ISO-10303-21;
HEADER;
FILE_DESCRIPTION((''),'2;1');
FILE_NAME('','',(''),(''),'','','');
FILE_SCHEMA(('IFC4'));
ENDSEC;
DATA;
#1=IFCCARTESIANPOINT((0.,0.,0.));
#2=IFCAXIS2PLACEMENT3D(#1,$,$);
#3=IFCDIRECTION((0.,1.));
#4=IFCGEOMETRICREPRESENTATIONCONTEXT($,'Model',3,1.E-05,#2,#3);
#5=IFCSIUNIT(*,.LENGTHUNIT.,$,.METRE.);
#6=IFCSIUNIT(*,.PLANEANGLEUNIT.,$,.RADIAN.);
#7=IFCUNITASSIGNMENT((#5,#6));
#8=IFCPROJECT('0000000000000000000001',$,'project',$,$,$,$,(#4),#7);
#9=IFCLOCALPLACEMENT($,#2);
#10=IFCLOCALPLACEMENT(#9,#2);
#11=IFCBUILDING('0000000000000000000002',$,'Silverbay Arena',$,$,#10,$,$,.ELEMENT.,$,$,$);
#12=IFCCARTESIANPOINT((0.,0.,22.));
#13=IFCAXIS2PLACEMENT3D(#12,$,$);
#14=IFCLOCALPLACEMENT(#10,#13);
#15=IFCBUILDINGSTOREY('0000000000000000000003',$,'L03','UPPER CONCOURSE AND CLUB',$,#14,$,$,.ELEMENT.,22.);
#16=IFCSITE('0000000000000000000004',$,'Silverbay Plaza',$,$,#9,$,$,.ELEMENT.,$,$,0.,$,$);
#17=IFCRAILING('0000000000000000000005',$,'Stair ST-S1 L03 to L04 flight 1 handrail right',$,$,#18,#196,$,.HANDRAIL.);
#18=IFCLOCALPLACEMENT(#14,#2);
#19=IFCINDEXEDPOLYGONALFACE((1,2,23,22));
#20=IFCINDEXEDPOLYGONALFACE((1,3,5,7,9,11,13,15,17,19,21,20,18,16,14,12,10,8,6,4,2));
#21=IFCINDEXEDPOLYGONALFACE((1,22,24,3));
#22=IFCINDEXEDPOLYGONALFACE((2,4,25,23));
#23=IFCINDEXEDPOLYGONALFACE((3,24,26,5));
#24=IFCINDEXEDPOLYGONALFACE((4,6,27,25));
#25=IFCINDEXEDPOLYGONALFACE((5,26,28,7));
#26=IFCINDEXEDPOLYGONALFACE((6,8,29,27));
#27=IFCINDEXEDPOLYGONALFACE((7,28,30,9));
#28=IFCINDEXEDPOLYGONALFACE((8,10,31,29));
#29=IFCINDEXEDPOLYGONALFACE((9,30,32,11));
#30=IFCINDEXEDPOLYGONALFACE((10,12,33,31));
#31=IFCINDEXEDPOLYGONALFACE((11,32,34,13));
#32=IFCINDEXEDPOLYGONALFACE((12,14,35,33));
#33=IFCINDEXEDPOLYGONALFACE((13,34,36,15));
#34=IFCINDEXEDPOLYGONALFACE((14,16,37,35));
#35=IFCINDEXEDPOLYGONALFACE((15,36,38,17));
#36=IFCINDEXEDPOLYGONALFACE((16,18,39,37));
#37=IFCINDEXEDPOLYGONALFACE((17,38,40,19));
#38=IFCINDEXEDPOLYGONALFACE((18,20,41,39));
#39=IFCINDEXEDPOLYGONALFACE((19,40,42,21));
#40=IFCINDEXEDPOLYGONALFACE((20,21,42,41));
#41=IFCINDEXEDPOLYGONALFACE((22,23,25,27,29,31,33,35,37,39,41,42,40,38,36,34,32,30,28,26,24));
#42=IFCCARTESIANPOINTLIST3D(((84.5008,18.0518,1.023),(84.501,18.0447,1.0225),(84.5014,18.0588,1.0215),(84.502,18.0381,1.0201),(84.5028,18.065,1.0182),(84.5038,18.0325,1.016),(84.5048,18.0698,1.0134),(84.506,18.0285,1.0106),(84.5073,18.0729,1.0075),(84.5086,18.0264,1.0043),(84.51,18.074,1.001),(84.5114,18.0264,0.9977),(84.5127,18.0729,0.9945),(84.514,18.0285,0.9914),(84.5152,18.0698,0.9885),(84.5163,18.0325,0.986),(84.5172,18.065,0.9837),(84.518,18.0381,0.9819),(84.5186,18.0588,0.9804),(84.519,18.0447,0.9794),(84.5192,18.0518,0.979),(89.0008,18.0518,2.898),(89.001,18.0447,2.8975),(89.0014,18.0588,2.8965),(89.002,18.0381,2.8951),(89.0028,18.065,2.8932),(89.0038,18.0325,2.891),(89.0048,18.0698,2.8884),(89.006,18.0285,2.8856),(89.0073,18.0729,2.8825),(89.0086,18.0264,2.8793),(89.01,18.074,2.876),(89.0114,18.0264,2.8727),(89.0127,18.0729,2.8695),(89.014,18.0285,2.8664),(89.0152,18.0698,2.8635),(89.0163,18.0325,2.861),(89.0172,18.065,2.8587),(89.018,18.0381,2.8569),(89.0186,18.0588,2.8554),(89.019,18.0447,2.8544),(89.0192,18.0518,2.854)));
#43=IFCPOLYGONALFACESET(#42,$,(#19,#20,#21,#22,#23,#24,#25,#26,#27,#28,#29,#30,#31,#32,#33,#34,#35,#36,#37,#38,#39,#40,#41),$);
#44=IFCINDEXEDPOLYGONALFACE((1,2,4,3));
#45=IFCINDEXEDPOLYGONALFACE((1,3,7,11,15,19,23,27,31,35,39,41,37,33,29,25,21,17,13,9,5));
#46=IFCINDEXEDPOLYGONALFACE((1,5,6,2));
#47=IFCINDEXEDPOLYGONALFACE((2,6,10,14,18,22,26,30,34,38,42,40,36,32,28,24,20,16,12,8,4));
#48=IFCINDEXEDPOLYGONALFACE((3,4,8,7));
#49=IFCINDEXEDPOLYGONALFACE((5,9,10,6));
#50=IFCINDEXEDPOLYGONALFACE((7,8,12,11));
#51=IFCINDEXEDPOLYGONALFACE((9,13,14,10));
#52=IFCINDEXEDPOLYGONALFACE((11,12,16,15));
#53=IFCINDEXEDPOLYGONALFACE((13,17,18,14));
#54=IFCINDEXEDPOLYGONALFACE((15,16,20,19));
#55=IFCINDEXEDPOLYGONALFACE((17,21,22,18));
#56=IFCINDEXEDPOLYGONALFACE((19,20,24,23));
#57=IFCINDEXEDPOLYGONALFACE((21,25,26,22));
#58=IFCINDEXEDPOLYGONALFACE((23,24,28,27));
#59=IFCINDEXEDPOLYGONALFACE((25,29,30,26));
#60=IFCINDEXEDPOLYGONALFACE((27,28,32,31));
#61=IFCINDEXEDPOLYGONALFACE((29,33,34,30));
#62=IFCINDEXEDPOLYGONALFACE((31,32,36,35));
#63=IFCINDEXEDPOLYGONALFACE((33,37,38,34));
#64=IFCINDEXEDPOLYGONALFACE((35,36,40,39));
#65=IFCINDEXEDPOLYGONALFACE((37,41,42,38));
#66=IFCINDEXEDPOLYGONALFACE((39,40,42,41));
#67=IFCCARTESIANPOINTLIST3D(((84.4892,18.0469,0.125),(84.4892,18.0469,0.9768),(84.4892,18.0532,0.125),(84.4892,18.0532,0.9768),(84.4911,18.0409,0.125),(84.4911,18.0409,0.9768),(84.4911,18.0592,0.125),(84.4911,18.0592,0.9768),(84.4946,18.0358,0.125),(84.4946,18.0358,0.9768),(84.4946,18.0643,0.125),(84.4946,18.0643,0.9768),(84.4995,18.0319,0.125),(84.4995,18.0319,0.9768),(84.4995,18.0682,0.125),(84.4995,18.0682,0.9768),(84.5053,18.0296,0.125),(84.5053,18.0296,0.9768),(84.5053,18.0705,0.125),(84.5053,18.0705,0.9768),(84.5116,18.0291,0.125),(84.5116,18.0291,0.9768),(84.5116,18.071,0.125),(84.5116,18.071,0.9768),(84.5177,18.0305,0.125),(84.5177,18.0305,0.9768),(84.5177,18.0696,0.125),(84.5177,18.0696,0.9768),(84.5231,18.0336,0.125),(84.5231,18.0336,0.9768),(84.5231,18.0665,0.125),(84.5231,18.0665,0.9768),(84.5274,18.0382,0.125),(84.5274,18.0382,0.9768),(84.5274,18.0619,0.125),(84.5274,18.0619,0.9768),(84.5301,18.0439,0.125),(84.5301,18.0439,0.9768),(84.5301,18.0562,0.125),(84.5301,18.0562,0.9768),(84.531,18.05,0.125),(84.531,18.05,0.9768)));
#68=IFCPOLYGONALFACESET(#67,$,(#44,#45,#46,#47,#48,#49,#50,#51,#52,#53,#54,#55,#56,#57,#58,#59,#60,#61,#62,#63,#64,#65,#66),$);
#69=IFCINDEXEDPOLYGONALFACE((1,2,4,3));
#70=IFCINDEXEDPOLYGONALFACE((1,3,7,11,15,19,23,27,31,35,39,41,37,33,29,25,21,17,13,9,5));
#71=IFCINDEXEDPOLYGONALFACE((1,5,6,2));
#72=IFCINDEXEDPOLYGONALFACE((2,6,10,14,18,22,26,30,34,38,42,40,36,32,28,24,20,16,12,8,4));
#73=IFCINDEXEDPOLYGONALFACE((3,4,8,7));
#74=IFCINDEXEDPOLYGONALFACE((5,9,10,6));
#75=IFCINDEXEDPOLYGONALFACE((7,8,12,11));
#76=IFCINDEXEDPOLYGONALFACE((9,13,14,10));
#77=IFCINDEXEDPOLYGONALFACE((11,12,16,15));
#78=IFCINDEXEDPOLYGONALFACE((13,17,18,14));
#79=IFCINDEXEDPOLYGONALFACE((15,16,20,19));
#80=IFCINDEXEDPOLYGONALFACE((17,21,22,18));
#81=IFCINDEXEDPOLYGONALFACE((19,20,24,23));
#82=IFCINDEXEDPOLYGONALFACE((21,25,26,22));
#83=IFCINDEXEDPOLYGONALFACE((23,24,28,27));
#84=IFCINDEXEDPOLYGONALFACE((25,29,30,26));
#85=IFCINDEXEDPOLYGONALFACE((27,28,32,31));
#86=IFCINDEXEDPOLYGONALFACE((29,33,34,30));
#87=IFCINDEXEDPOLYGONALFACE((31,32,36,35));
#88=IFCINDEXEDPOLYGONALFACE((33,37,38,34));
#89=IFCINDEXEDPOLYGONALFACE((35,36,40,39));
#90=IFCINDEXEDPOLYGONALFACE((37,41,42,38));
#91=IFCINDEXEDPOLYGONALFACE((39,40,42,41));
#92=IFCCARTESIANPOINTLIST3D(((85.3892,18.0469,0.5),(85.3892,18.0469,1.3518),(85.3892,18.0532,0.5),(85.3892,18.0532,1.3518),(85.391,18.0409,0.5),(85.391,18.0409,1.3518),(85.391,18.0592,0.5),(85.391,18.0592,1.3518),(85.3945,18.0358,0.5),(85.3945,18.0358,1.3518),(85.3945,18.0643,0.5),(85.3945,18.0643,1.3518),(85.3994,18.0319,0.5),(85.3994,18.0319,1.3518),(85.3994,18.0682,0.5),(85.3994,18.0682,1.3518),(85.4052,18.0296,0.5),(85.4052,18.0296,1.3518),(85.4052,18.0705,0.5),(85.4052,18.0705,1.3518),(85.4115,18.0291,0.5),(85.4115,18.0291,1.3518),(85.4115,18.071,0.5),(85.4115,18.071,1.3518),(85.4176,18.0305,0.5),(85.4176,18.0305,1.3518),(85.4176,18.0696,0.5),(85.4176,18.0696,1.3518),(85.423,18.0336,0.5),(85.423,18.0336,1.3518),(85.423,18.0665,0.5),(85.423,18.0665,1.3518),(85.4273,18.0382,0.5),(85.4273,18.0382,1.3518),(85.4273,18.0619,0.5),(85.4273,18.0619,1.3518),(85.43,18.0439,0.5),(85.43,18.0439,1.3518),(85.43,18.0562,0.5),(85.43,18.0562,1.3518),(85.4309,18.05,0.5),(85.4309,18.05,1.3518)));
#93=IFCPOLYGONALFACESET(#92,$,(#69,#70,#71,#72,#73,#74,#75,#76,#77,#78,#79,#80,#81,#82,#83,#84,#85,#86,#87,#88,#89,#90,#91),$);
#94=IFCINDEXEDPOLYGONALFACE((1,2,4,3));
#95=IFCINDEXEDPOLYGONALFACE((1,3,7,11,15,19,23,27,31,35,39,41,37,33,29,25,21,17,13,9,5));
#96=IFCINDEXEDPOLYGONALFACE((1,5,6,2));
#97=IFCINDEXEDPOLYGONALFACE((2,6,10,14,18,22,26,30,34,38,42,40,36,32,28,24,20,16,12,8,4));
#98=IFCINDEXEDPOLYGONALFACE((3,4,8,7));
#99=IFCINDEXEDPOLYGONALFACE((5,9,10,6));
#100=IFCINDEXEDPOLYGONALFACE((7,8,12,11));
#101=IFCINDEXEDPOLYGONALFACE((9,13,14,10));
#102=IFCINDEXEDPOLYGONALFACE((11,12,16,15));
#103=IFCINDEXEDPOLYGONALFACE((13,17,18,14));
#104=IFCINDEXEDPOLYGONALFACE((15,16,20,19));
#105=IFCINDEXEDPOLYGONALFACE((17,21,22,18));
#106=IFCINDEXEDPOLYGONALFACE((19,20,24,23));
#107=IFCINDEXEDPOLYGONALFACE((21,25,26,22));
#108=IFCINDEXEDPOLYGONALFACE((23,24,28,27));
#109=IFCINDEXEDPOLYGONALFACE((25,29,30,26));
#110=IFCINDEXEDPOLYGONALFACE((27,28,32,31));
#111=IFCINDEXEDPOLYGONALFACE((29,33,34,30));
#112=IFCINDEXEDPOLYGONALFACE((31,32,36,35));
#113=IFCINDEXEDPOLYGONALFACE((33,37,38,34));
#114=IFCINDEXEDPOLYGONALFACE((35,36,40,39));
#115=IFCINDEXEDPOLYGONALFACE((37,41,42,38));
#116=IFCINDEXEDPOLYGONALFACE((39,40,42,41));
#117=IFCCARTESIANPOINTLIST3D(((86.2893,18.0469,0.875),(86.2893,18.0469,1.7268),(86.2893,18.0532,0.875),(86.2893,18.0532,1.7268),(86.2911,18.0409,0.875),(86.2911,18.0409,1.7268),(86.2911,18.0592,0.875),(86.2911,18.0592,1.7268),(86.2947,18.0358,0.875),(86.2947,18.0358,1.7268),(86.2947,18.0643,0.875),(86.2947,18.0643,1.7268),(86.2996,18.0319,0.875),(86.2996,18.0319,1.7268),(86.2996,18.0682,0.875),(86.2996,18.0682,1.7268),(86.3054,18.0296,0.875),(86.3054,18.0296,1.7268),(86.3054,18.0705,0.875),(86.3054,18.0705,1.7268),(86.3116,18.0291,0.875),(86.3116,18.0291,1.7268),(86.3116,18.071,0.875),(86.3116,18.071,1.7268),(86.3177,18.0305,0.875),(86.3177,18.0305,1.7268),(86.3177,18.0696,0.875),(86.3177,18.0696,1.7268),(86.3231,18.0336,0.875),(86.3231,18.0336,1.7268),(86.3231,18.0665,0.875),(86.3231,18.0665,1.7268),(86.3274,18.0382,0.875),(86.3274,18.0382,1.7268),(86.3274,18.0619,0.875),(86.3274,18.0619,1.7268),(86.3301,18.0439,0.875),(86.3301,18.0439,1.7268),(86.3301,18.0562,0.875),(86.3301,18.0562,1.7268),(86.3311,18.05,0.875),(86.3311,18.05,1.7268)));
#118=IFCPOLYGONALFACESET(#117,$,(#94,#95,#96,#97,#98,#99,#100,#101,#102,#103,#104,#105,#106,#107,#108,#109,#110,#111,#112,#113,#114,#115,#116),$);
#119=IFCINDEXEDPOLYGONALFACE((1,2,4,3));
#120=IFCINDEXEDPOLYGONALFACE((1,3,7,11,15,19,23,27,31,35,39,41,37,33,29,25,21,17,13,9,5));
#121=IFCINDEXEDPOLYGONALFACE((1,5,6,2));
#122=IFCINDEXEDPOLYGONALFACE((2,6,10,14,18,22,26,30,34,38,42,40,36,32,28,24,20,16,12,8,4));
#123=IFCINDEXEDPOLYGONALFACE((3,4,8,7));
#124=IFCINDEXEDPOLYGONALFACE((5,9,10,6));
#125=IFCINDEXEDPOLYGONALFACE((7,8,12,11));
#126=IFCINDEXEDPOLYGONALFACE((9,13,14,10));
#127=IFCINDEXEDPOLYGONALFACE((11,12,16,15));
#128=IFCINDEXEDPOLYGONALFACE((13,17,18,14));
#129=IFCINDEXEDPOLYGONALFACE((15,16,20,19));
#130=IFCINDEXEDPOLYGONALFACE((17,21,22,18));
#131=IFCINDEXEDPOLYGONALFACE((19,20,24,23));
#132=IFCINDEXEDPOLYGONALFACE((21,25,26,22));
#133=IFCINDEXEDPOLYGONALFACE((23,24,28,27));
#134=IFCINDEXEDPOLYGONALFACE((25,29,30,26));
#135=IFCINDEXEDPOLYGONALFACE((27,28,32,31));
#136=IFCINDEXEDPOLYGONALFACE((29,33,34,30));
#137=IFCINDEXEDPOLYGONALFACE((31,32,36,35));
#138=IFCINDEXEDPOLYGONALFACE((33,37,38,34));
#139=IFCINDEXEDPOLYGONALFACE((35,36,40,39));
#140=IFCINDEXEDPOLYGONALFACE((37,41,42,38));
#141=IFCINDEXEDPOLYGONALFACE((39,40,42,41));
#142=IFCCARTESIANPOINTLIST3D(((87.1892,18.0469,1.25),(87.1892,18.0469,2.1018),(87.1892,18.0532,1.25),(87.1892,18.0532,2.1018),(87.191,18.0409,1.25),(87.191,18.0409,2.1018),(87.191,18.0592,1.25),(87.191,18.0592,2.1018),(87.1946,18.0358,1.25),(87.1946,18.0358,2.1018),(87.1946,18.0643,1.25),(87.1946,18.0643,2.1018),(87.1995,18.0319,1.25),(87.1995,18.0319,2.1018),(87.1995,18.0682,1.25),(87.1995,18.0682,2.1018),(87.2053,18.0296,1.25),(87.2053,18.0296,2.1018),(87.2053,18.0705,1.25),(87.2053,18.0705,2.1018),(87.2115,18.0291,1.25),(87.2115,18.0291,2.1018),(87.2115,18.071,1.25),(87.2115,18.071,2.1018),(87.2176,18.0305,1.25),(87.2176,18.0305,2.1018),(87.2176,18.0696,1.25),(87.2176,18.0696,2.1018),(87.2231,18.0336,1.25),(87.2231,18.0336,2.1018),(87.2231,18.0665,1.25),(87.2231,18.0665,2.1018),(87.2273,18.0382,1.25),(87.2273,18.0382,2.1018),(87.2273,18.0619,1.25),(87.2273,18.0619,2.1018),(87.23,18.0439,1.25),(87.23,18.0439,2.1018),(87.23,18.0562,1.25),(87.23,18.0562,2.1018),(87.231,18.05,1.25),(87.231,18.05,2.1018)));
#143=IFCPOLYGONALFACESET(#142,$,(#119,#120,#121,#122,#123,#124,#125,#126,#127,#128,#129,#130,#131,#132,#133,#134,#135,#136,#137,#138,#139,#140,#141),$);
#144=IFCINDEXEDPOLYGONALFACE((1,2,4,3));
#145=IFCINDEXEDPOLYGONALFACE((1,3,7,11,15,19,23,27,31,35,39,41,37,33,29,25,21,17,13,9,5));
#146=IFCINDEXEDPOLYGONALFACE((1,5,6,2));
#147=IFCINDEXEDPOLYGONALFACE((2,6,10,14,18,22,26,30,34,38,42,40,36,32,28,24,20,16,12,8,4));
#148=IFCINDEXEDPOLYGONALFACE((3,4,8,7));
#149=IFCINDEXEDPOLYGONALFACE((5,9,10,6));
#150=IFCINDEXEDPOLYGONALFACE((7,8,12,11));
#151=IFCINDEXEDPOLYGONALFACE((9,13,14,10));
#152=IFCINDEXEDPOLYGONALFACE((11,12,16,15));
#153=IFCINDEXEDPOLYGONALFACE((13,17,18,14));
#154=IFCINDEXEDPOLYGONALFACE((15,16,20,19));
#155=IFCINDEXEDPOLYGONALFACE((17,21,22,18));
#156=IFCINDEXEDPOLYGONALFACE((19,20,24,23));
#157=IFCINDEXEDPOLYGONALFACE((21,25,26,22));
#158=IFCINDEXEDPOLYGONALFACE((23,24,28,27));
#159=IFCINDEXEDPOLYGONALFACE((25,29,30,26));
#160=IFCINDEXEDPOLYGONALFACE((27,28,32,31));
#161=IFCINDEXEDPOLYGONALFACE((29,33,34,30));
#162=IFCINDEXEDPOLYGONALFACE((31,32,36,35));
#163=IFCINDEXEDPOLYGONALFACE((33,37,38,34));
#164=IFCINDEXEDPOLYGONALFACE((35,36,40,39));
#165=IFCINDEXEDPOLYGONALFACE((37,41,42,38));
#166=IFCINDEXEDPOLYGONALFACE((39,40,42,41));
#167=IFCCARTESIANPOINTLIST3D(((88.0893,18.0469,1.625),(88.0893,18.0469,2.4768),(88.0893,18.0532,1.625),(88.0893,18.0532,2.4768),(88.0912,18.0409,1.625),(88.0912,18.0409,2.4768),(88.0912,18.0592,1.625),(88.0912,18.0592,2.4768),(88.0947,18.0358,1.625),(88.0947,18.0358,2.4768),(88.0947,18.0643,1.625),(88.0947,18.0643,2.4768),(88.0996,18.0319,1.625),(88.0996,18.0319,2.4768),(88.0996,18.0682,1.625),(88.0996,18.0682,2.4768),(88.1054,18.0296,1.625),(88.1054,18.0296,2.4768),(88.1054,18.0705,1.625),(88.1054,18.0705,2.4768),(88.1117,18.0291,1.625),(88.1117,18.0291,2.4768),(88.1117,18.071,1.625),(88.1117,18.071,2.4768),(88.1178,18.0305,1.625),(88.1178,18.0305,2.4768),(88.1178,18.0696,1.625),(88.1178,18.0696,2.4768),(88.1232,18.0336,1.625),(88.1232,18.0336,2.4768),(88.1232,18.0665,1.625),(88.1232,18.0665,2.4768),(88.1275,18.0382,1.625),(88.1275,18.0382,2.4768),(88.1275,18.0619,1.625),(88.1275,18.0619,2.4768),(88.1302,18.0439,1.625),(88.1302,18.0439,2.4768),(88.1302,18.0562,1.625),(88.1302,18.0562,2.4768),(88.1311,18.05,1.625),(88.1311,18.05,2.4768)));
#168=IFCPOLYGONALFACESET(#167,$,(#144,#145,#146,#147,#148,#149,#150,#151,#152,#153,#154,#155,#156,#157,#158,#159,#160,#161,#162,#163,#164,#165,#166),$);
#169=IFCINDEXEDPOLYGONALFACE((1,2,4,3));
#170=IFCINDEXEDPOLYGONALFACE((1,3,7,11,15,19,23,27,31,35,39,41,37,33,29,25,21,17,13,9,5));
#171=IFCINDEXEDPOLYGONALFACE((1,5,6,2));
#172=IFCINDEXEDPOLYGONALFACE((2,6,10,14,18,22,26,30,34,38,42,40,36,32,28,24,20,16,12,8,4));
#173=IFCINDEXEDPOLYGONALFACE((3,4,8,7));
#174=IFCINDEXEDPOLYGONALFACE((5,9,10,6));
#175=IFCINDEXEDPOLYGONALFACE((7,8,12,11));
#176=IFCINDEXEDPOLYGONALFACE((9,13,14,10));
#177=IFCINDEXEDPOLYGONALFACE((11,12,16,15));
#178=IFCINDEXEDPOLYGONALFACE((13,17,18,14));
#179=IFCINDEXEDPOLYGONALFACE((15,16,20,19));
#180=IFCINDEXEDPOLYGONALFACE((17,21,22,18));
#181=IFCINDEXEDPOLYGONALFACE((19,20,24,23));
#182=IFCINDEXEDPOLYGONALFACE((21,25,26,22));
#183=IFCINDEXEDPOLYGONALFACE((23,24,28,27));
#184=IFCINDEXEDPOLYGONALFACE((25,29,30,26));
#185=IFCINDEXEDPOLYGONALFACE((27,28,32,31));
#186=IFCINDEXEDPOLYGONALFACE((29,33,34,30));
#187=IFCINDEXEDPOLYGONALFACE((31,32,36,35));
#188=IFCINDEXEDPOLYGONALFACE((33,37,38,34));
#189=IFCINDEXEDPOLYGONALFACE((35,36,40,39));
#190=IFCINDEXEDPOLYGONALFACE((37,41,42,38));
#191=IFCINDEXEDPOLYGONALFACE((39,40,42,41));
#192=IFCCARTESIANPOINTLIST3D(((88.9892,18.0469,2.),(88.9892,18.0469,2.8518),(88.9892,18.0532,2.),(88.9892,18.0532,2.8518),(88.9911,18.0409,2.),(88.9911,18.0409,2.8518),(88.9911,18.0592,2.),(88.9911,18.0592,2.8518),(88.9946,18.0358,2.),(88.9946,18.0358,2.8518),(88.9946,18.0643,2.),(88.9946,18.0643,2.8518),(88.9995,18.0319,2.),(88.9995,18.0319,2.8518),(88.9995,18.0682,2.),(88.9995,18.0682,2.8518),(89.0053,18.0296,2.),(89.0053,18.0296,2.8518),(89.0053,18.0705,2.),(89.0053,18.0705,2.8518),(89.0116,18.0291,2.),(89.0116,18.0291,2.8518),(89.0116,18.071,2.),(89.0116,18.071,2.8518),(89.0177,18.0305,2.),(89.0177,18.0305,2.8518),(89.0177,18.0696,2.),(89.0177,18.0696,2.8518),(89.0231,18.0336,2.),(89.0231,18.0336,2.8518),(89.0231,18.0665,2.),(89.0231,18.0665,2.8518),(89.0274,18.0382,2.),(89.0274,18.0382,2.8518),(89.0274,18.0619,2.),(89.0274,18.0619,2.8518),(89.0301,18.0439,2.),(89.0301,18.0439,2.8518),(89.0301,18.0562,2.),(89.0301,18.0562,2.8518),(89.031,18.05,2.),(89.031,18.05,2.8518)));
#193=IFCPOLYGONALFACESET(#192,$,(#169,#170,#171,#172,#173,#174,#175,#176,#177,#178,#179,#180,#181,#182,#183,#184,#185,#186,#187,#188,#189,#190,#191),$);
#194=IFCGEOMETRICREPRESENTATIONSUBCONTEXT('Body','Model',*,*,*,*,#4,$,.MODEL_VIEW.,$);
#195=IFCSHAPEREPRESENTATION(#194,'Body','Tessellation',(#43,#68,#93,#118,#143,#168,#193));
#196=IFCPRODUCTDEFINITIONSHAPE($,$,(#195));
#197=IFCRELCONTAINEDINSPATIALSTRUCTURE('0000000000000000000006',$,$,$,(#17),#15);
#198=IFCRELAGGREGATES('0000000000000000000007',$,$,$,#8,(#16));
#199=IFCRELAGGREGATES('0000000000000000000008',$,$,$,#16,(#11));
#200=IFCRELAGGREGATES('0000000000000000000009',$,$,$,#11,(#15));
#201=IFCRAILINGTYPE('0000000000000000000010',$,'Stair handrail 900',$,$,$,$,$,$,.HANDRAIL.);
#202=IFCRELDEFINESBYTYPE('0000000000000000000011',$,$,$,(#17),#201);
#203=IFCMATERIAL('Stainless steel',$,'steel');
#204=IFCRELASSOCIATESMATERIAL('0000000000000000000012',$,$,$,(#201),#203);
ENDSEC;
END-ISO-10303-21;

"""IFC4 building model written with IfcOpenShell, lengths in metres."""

from ifc_helpers import new_model, si_unit, direction, frame, origin, origin_2d, place, context, subcontext, project, spatial, circle, extrude, material, type_object, element, save


model = new_model("IFC4")

# Units and contexts
model_context = context("Model", 3, precision=1e-05, world=origin(), true_north=direction((0.0, 1.0)))
body_context = subcontext(model_context, "Body", "Model", "MODEL_VIEW")
ifc_project = project(units=[si_unit("LENGTHUNIT", "METRE"), si_unit("PLANEANGLEUNIT", "RADIAN")], contexts=[model_context])

# Site, building, storey
site_placement = place(None, origin())
site = spatial("IfcSite", under=ifc_project, at=site_placement, Name="Silverbay Plaza", CompositionType="ELEMENT", RefElevation=0.0)
building_placement = place(site_placement, origin())
building = spatial("IfcBuilding", under=site, at=building_placement, Name="Silverbay Arena", CompositionType="ELEMENT")
storey_placement = place(building_placement, frame((0.0, 0.0, 22.0)))
storey = spatial("IfcBuildingStorey", under=building, at=storey_placement, Name="L03", Description="UPPER CONCOURSE AND CLUB", CompositionType="ELEMENT", Elevation=22.0)

# Railing
ifc_material_1 = material(Name="Stainless steel", Category="steel")
railing_type_1 = type_object("IfcRailingType", Name="Stair handrail 900", PredefinedType="HANDRAIL", material=ifc_material_1)
for number, where, name in (
    (1, (84.51, 18.05, 0.125), "Stair ST-S1 L03 to L04 flight 1 handrail right"),
):
    element("IfcRailing", number, at=place(storey_placement, frame(where)), inside=storey, type_object=railing_type_1, Name=name, PredefinedType="HANDRAIL", context=body_context, shape_type="SweptSolid", body=[
        extrude(circle(Radius=0.0239, at=origin_2d()), frame((0.0, 0.0, 0.876), z_axis=(0.923077, 0.0, 0.384615), x_axis=(0.0, 1.0, 0.0)), (0.0, 0.0, 1.0), 4.875),
        extrude(circle(Radius=0.021, at=origin_2d()), origin(), (0.0, 0.0, 1.0), 0.8518),
        extrude(circle(Radius=0.021, at=origin_2d()), frame((0.8999, 0.0, 0.375)), (0.0, 0.0, 1.0), 0.8518),
        extrude(circle(Radius=0.021, at=origin_2d()), frame((1.8, 0.0, 0.75)), (0.0, 0.0, 1.0), 0.8518),
        extrude(circle(Radius=0.021, at=origin_2d()), frame((2.7, 0.0, 1.125)), (0.0, 0.0, 1.0), 0.8518),
        extrude(circle(Radius=0.021, at=origin_2d()), frame((3.6001, 0.0, 1.5)), (0.0, 0.0, 1.0), 0.8518),
        extrude(circle(Radius=0.021, at=origin_2d()), frame((4.5, 0.0, 1.875)), (0.0, 0.0, 1.0), 0.8518),
    ])

save(model, "model.ifc")
